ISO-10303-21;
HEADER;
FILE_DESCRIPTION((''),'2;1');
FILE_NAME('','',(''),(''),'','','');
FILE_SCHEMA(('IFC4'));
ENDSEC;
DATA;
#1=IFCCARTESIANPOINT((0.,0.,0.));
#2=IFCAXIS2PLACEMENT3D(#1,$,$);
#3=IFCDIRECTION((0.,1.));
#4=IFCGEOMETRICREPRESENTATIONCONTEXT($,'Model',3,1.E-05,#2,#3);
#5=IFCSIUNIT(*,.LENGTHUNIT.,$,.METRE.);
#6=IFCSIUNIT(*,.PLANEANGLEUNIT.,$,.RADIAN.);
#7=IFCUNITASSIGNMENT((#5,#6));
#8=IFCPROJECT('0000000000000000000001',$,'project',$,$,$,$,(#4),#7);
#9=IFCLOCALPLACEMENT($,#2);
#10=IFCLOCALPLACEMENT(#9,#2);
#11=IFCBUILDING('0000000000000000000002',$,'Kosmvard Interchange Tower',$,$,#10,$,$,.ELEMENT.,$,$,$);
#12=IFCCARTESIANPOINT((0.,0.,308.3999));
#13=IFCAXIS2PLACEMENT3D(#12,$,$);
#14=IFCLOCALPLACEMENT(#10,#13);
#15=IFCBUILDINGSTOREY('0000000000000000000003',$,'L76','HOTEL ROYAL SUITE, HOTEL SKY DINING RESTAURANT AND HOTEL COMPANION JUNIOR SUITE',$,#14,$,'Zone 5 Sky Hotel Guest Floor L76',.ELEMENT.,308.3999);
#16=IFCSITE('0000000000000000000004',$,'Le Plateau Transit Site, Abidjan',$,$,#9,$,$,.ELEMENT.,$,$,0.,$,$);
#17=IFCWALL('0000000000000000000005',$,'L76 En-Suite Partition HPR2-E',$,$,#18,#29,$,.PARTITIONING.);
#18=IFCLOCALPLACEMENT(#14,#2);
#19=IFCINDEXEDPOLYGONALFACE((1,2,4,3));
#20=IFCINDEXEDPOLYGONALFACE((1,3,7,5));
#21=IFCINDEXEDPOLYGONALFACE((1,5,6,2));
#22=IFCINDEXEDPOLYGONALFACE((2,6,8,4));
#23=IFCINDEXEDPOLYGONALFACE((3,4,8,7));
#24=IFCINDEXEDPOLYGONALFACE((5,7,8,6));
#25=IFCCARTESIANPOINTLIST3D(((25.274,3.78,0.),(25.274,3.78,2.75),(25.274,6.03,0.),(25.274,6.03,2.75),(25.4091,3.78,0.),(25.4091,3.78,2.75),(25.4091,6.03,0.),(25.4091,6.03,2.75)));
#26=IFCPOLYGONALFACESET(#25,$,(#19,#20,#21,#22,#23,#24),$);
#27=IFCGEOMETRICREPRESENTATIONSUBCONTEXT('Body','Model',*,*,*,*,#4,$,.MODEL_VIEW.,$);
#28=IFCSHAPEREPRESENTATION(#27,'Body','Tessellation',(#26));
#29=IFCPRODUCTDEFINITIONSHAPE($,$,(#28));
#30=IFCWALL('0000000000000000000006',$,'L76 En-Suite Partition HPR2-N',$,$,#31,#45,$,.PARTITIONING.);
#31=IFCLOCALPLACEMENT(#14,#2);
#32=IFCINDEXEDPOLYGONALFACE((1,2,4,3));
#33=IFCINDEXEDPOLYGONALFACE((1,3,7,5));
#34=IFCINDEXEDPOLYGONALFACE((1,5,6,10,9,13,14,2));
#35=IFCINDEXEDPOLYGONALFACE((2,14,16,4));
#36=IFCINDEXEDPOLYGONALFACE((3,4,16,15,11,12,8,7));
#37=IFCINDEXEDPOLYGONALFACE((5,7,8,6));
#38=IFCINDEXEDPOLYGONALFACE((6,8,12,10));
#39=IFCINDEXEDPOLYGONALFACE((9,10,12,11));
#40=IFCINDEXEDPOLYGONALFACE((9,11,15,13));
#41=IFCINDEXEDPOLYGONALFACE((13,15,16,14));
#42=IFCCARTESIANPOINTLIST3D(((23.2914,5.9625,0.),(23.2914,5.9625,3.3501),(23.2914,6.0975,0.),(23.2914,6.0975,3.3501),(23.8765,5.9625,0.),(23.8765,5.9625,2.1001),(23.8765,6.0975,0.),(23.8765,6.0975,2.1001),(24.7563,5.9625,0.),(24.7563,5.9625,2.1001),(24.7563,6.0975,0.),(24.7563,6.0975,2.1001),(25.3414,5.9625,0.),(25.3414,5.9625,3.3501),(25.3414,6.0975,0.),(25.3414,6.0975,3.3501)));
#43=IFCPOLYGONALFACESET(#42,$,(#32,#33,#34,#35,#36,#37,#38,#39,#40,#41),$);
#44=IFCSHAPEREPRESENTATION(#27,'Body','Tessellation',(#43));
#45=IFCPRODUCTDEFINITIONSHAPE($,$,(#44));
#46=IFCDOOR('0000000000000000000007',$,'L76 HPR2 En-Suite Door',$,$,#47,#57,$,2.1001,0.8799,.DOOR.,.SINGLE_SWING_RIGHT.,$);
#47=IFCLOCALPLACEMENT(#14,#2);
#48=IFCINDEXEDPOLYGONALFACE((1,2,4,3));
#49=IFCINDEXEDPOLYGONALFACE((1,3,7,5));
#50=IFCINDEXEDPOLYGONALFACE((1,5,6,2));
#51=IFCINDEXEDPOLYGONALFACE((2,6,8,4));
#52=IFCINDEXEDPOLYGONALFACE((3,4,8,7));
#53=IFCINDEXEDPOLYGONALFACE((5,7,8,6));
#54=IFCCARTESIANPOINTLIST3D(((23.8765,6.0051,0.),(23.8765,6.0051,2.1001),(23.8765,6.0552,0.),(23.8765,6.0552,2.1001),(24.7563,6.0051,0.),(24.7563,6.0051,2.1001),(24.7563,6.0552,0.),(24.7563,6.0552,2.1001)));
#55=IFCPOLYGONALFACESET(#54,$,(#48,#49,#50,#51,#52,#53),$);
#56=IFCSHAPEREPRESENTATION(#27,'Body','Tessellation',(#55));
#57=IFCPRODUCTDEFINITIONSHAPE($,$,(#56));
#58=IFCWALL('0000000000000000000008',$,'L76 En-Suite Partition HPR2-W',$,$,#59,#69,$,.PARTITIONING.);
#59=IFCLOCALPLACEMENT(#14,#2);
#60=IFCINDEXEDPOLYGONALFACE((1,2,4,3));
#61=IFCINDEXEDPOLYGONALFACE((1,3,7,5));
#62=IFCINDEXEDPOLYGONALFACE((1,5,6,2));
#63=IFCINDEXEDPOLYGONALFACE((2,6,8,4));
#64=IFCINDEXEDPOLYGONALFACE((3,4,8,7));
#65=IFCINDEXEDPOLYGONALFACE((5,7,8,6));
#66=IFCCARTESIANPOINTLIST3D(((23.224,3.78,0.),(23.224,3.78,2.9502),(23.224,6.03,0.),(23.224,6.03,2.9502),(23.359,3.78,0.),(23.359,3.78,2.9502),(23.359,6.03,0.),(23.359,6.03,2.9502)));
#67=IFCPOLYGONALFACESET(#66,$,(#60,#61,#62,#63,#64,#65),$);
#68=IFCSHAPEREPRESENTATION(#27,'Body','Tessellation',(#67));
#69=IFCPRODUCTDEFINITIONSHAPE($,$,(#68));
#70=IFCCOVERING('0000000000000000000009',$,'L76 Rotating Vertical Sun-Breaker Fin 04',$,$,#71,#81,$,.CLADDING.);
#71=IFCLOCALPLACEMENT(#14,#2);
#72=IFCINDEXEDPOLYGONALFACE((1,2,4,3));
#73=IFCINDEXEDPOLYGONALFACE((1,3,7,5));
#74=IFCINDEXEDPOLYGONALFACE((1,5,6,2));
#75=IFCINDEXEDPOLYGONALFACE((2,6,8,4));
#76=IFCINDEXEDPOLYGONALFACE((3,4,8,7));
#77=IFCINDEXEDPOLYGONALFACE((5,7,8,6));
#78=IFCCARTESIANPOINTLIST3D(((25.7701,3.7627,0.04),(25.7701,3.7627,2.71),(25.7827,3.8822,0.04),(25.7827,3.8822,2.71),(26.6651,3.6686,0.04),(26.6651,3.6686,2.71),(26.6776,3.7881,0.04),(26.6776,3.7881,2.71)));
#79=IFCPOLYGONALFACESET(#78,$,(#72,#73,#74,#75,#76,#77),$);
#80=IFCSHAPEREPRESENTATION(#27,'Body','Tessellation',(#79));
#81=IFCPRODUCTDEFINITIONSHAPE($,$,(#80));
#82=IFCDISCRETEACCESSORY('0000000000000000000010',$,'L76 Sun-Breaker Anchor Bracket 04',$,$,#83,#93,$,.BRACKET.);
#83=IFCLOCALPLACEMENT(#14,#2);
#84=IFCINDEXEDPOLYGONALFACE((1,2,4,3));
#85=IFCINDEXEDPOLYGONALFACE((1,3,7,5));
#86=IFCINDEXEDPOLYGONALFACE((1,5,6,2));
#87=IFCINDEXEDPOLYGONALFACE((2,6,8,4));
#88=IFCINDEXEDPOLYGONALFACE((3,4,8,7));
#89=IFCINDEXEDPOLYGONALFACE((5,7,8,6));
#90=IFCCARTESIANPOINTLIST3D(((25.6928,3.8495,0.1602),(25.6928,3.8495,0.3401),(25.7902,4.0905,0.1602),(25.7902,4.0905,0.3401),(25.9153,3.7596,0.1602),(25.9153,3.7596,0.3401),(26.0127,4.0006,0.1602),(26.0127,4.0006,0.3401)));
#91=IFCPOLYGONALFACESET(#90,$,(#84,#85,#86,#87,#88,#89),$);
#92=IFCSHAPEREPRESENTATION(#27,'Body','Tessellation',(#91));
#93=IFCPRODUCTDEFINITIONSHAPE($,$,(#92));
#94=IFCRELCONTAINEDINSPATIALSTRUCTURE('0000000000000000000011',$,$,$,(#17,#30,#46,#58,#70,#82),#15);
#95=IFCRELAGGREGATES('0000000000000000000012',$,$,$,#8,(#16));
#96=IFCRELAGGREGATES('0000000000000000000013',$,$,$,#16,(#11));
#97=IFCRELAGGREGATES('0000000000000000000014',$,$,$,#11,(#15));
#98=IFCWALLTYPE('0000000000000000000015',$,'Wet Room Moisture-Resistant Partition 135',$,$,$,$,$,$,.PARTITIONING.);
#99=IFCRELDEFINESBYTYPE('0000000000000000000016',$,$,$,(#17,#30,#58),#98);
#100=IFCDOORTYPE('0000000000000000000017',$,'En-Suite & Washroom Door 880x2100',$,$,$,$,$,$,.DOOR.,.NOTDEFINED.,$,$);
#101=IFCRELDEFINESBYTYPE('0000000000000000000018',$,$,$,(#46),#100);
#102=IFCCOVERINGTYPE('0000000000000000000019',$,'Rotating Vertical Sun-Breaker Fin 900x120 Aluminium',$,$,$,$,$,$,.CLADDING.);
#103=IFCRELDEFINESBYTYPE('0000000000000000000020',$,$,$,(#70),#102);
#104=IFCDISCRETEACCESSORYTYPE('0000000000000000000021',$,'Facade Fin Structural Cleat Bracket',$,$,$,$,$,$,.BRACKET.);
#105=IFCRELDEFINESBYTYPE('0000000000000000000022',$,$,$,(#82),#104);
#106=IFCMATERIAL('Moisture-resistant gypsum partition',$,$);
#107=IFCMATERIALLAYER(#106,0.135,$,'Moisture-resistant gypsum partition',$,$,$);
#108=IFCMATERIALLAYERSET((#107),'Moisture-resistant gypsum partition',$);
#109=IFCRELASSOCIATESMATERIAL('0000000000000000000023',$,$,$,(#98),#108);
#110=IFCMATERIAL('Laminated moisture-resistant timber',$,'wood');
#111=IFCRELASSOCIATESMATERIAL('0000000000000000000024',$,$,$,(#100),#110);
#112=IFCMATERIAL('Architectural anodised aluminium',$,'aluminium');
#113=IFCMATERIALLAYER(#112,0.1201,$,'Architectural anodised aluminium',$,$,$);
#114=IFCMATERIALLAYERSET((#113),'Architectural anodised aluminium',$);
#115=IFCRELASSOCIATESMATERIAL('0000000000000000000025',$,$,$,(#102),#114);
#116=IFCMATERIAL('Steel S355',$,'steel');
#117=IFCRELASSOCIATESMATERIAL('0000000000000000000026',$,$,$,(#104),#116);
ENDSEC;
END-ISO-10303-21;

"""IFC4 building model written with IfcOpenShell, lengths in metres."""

from ifc_helpers import new_model, si_unit, direction, frame, frame_2d, origin, origin_2d, place, context, subcontext, project, spatial, rectangle, extrude, source, transform, mapped, material, layer, layer_set, type_object, element, fill, save


model = new_model("IFC4")

# Units and contexts
model_context = context("Model", 3, precision=1e-05, world=origin(), true_north=direction((0.0, 1.0)))
body_context = subcontext(model_context, "Body", "Model", "MODEL_VIEW")
ifc_project = project(units=[si_unit("LENGTHUNIT", "METRE"), si_unit("PLANEANGLEUNIT", "RADIAN")], contexts=[model_context])

# Site, building, storey
site_placement = place(None, origin())
site = spatial("IfcSite", under=ifc_project, at=site_placement, Name="Le Plateau Transit Site, Abidjan", CompositionType="ELEMENT", RefElevation=0.0)
building_placement = place(site_placement, origin())
building = spatial("IfcBuilding", under=site, at=building_placement, Name="Kosmvard Interchange Tower", CompositionType="ELEMENT")
storey_placement = place(building_placement, frame((0.0, 0.0, 308.3999)))
storey = spatial("IfcBuildingStorey", under=building, at=storey_placement, Name="L76", Description="HOTEL ROYAL SUITE, HOTEL SKY DINING RESTAURANT AND HOTEL COMPANION JUNIOR SUITE", LongName="Zone 5 Sky Hotel Guest Floor L76", CompositionType="ELEMENT", Elevation=308.3999)

# Shared definitions
ifc_material_1 = material(Name="Steel S355", Category="steel")

# Wall
ifc_material_2 = material(Name="Moisture-resistant gypsum partition")
ifc_layer_1 = layer(ifc_material_2, 0.135, Name="Moisture-resistant gypsum partition")
ifc_layer_set_1 = layer_set([ifc_layer_1], Name="Moisture-resistant gypsum partition")
wall_type_1 = type_object("IfcWallType", Name="Wet Room Moisture-Resistant Partition 135", PredefinedType="PARTITIONING", material=ifc_layer_set_1)
wall_1_placement = place(storey_placement, frame((25.3416, 3.78, 0.0), z_axis=(0.0, 0.0, 1.0), x_axis=(0.0, 1.0, 0.0)))
element("IfcWall", 1, at=wall_1_placement, inside=storey, type_object=wall_type_1, Name="L76 En-Suite Partition HPR2-E", PredefinedType="PARTITIONING", context=body_context, shape_type="SweptSolid", body=[
    extrude(rectangle(XDim=2.25, YDim=0.135, at=frame_2d((1.125, 0.0))), origin(), (0.0, 0.0, 1.0), 2.75),
])

# Wall, opening, door
wall_2_placement = place(storey_placement, frame((23.2915, 6.03, 0.0), z_axis=(0.0, 0.0, 1.0), x_axis=(1.0, 0.0, 0.0)))
wall_2 = element("IfcWall", 2, at=wall_2_placement, inside=storey, type_object=wall_type_1, Name="L76 En-Suite Partition HPR2-N", PredefinedType="PARTITIONING", context=body_context, shape_type="SweptSolid", body=[
    extrude(rectangle(XDim=2.05, YDim=0.135, at=frame_2d((1.0249, 0.0))), origin(), (0.0, 0.0, 1.0), 3.3501),
])
opening_1_placement = place(wall_2_placement, frame((0.585, 0.0, 0.0)))
opening_1 = element("IfcOpeningElement", 3, at=opening_1_placement, cuts=wall_2, PredefinedType="OPENING", context=body_context, shape_type="SweptSolid", body=[
    extrude(rectangle(XDim=0.8799, YDim=2.1001, at=frame_2d((0.4399, 1.05))), frame((0.0, 0.0776, 0.0), z_axis=(0.0, -1.0, 0.0), x_axis=(1.0, 0.0, 0.0)), (0.0, 0.0, 1.0), 0.155),
])
ifc_material_3 = material(Name="Laminated moisture-resistant timber", Category="wood")
door_type_1 = type_object("IfcDoorType", Name="En-Suite & Washroom Door 880x2100", OperationType="NOTDEFINED", PredefinedType="DOOR", material=ifc_material_3)
shared_shape_1 = source(origin(), body_context, "Body", "SweptSolid", [
    extrude(rectangle(XDim=0.8799, YDim=2.1001, at=frame_2d((0.4399, 1.05))), frame((0.0, 0.0249, 0.0), z_axis=(0.0, -1.0, 0.0), x_axis=(1.0, 0.0, 0.0)), (0.0, 0.0, 1.0), 0.05),
])
door_1_placement = place(opening_1_placement, frame((0.8799, 0.0, 0.0), z_axis=(0.0, 0.0, 1.0), x_axis=(-1.0, 0.0, 0.0)))
door_1 = element("IfcDoor", 4, at=door_1_placement, inside=storey, type_object=door_type_1, Name="L76 HPR2 En-Suite Door", OperationType="SINGLE_SWING_RIGHT", OverallHeight=2.1001, OverallWidth=0.8799, PredefinedType="DOOR", context=body_context, shape_type="MappedRepresentation", body=[
    mapped(shared_shape_1, transform((0.0, 0.0, 0.0), scale=1.0)),
])
fill(opening_1, door_1)

# Wall
wall_3_placement = place(storey_placement, frame((23.2915, 3.78, 0.0), z_axis=(0.0, 0.0, 1.0), x_axis=(0.0, 1.0, 0.0)))
element("IfcWall", 5, at=wall_3_placement, inside=storey, type_object=wall_type_1, Name="L76 En-Suite Partition HPR2-W", PredefinedType="PARTITIONING", context=body_context, shape_type="SweptSolid", body=[
    extrude(rectangle(XDim=2.25, YDim=0.135, at=frame_2d((1.125, 0.0))), origin(), (0.0, 0.0, 1.0), 2.9502),
])

# Covering
ifc_material_4 = material(Name="Architectural anodised aluminium", Category="aluminium")
ifc_layer_2 = layer(ifc_material_4, 0.1201, Name="Architectural anodised aluminium")
ifc_layer_set_2 = layer_set([ifc_layer_2], Name="Architectural anodised aluminium")
covering_type = type_object("IfcCoveringType", Name="Rotating Vertical Sun-Breaker Fin 900x120 Aluminium", PredefinedType="CLADDING", material=ifc_layer_set_2)
shared_shape_2 = source(origin(), body_context, "Body", "SweptSolid", [
    extrude(rectangle(XDim=0.8999, YDim=0.1201, at=origin_2d()), origin(), (0.0, 0.0, 1.0), 2.6699),
])
covering_placement = place(storey_placement, frame((26.2239, 3.7754, 0.04), z_axis=(0.0, 0.0, 1.0), x_axis=(0.994522, -0.104528, 0.0)))
element("IfcCovering", 6, at=covering_placement, inside=storey, type_object=covering_type, Name="L76 Rotating Vertical Sun-Breaker Fin 04", PredefinedType="CLADDING", context=body_context, shape_type="MappedRepresentation", body=[
    mapped(shared_shape_2, transform((0.0, 0.0, 0.0), scale=1.0)),
])

# Discrete accessory
discrete_accessory_type = type_object("IfcDiscreteAccessoryType", Name="Facade Fin Structural Cleat Bracket", PredefinedType="BRACKET", material=ifc_material_1)
shared_shape_3 = source(origin(), body_context, "Body", "SweptSolid", [
    extrude(rectangle(XDim=0.24, YDim=0.26, at=origin_2d()), origin(), (0.0, 0.0, 1.0), 0.1799),
])
discrete_accessory_placement = place(storey_placement, frame((25.8528, 3.925, 0.1602), z_axis=(0.0, 0.0, 1.0), x_axis=(0.927184, -0.374607, 0.0)))
element("IfcDiscreteAccessory", 7, at=discrete_accessory_placement, inside=storey, type_object=discrete_accessory_type, Name="L76 Sun-Breaker Anchor Bracket 04", PredefinedType="BRACKET", context=body_context, shape_type="MappedRepresentation", body=[
    mapped(shared_shape_3, transform((0.0, 0.0, 0.0), scale=1.0)),
])

save(model, "model.ifc")
